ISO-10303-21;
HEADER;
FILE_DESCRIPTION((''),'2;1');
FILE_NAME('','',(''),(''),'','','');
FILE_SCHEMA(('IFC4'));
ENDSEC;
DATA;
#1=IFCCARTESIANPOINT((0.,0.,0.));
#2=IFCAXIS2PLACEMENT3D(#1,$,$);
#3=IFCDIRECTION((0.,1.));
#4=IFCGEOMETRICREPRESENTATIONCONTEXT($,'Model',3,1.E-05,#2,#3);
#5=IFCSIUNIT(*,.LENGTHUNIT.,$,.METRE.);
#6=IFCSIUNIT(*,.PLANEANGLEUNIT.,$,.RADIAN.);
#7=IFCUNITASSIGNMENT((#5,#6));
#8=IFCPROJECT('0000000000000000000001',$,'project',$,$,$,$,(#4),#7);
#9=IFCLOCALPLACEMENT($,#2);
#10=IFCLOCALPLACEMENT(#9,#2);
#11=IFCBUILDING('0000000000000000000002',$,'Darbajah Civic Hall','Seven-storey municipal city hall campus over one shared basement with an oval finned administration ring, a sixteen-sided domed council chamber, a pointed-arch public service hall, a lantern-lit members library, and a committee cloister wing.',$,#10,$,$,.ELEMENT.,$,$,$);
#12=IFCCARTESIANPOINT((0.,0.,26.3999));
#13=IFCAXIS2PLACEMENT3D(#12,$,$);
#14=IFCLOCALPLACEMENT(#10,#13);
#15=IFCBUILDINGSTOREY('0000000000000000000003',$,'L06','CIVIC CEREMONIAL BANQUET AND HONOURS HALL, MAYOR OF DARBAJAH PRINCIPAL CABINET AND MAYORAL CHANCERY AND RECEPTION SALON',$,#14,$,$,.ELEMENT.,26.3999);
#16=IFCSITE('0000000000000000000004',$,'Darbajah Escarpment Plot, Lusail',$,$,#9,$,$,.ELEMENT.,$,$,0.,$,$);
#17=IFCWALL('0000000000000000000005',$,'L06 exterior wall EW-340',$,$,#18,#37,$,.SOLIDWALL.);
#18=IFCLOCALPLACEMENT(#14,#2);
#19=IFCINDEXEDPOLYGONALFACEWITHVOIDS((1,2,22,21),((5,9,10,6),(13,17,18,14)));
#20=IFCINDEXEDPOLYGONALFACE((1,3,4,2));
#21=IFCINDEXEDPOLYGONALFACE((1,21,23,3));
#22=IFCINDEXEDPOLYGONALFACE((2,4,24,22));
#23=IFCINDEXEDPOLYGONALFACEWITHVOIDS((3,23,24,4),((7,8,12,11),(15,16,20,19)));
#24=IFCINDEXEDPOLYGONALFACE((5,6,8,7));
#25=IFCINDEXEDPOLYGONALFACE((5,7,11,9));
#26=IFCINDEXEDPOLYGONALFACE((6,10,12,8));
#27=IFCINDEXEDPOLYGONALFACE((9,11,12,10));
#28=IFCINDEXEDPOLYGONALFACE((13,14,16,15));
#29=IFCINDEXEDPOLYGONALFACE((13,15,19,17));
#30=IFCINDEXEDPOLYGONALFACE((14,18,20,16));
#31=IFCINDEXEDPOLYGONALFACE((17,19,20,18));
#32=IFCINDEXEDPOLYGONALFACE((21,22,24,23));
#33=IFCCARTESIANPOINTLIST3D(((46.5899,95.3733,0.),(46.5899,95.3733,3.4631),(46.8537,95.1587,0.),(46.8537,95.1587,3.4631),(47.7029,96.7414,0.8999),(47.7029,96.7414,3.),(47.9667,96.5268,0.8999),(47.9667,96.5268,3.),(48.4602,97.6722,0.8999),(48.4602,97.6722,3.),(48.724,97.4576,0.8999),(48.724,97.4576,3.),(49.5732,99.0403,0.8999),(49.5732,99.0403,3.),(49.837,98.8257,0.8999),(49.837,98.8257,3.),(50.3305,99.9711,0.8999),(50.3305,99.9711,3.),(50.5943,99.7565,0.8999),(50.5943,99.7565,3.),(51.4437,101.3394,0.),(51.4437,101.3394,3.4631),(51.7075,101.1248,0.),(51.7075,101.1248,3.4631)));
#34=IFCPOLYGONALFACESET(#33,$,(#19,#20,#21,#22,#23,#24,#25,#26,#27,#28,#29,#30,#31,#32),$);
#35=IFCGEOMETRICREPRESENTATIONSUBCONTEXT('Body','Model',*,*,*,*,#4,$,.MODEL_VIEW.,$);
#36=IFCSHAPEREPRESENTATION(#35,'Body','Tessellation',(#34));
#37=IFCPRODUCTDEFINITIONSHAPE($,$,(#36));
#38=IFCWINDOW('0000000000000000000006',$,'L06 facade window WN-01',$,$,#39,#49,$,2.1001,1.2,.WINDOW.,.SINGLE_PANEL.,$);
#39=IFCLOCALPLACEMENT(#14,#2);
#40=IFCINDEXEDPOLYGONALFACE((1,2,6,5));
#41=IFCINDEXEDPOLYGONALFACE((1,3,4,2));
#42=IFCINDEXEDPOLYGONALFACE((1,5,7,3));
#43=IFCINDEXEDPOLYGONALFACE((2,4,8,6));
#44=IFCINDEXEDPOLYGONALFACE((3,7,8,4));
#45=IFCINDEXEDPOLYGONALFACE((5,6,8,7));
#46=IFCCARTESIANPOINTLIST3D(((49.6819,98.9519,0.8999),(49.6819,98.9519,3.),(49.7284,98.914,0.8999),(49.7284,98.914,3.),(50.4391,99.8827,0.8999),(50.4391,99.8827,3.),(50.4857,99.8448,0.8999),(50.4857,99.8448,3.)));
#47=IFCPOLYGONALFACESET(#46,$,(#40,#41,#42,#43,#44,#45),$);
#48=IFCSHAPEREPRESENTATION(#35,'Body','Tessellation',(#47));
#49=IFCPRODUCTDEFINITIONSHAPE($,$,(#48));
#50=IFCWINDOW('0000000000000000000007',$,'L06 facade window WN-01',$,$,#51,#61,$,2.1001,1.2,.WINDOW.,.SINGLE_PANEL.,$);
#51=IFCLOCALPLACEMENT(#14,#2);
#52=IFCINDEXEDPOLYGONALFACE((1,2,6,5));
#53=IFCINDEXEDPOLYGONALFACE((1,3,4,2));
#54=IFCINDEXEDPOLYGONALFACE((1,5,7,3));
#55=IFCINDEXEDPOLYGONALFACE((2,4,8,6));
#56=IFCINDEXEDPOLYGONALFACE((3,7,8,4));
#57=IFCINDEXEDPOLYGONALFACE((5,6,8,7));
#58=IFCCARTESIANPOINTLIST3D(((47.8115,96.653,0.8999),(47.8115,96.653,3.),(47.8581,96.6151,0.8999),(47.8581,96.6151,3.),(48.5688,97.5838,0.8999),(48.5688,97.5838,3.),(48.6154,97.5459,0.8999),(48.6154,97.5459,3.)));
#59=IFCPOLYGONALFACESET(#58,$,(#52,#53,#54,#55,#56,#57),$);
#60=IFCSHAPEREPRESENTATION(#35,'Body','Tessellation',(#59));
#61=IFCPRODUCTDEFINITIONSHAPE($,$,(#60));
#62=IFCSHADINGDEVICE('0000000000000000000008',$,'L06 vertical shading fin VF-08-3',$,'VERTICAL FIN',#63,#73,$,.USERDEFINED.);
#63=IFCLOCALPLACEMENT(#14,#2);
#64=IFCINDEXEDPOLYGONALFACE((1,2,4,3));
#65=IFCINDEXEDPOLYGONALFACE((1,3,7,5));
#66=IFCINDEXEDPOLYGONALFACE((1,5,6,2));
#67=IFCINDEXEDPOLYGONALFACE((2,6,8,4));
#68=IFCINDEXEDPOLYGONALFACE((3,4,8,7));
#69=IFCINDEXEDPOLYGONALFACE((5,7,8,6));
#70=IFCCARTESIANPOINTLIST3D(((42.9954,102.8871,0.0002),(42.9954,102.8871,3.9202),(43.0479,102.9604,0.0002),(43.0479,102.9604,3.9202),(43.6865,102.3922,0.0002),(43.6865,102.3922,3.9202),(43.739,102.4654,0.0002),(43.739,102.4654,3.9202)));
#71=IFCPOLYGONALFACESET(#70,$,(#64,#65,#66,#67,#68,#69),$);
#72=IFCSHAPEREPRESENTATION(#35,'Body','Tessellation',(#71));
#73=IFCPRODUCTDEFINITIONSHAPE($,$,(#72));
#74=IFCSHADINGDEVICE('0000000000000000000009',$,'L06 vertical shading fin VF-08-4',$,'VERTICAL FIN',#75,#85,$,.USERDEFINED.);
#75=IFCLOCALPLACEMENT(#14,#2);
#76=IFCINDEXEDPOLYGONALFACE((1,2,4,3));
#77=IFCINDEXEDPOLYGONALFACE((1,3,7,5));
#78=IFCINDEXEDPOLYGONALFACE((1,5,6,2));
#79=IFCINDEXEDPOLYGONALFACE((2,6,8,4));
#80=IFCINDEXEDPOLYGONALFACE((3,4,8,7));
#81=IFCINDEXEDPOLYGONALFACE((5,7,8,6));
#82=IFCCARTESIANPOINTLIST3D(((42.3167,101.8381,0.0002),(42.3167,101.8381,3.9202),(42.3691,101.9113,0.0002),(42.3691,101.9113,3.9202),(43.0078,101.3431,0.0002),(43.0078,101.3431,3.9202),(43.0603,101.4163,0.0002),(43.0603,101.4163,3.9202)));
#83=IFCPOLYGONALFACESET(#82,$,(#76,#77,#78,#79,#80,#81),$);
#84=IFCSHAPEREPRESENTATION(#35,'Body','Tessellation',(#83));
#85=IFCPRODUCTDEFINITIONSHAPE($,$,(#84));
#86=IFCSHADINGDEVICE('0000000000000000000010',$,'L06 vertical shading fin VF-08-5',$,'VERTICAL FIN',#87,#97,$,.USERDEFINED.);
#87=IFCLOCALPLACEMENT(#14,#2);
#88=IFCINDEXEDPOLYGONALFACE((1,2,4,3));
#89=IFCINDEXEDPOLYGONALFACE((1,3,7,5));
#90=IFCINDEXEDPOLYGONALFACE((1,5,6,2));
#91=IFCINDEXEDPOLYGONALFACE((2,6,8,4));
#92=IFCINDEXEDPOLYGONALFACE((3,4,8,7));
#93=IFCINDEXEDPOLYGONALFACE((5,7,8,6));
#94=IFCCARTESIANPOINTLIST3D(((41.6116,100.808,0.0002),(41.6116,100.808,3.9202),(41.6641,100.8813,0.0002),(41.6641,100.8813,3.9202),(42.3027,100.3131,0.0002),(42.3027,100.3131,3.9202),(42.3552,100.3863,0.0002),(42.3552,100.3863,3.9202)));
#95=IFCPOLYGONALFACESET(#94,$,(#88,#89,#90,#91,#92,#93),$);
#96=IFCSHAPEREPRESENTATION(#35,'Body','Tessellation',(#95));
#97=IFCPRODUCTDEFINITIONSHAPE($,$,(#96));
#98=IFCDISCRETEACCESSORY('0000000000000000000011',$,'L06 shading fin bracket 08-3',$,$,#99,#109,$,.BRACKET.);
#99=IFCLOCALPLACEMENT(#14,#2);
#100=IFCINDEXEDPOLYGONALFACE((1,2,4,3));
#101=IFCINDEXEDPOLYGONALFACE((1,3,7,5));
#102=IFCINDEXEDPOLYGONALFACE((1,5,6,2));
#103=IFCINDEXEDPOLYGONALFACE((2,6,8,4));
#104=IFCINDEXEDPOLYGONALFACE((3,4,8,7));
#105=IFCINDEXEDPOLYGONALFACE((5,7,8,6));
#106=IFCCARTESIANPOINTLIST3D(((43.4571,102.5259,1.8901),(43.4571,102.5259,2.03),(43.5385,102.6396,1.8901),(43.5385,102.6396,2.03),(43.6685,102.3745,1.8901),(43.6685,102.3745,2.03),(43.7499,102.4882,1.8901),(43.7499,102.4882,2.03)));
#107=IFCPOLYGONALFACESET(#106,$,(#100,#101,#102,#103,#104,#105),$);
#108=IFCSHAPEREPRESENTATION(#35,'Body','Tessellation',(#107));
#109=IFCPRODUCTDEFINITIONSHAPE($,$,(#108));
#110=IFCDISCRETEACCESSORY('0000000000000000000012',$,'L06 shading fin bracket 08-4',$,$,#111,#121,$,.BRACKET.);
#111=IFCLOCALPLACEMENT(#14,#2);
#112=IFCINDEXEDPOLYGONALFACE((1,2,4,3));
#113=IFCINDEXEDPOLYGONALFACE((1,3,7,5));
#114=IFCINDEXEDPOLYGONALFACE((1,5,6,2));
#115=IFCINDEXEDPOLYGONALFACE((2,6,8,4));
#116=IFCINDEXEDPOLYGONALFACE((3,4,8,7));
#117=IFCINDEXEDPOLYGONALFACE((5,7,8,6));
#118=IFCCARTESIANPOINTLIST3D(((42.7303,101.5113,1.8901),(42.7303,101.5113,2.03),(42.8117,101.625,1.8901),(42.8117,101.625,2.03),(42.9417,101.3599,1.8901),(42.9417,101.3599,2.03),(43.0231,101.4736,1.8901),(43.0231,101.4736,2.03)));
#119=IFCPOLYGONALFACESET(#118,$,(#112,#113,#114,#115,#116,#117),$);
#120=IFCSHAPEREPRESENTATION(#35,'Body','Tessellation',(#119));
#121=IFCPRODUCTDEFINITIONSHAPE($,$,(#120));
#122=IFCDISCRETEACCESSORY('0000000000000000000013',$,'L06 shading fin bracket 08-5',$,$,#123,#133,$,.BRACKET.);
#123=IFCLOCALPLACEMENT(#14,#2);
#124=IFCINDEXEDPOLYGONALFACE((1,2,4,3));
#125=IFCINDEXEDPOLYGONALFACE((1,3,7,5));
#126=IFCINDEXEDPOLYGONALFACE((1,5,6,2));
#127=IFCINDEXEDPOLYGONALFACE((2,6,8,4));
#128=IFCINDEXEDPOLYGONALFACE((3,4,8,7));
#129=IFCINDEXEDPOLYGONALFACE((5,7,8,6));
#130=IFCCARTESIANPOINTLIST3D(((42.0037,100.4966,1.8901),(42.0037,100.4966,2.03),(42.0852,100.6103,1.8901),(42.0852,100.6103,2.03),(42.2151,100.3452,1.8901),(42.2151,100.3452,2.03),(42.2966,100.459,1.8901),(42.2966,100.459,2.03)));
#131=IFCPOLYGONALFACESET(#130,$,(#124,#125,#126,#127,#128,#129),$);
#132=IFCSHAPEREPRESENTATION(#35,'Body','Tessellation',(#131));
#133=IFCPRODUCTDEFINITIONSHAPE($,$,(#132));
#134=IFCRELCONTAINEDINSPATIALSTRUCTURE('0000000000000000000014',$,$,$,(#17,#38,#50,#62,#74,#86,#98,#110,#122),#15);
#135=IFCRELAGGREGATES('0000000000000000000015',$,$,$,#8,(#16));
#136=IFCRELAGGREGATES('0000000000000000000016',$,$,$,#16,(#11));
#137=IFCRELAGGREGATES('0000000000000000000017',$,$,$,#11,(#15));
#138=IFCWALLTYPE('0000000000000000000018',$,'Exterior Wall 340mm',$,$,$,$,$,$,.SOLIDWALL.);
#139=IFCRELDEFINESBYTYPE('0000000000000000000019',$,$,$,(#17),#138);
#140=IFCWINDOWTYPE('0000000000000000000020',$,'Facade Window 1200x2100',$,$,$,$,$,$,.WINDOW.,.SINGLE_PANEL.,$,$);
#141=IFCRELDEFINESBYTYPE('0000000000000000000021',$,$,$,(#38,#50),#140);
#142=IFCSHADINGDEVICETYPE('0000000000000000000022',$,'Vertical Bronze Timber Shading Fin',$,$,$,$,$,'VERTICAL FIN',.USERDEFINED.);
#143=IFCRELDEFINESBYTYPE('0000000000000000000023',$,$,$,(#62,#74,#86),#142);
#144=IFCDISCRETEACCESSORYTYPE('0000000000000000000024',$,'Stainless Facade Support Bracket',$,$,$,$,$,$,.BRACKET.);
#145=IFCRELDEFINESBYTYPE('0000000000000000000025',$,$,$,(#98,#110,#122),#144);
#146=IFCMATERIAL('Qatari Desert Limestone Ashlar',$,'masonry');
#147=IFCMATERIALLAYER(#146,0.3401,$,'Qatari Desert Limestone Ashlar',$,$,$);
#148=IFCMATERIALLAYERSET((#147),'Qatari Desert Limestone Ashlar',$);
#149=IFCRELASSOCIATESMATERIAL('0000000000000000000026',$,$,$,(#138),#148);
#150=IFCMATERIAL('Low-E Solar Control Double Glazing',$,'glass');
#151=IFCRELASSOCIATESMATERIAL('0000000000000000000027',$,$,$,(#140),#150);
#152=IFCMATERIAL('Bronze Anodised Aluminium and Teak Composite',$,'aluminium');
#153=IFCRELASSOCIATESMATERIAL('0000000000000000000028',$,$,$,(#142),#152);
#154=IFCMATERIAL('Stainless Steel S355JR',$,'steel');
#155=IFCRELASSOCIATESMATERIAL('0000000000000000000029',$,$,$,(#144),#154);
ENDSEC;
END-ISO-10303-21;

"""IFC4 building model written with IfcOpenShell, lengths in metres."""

from ifc_helpers import new_model, si_unit, direction, frame, frame_2d, origin, origin_2d, place, context, subcontext, project, spatial, rectangle, extrude, material, layer, layer_set, type_object, element, fill, save


model = new_model("IFC4")

# Units and contexts
model_context = context("Model", 3, precision=1e-05, world=origin(), true_north=direction((0.0, 1.0)))
body_context = subcontext(model_context, "Body", "Model", "MODEL_VIEW")
ifc_project = project(units=[si_unit("LENGTHUNIT", "METRE"), si_unit("PLANEANGLEUNIT", "RADIAN")], contexts=[model_context])

# Site, building, storey
site_placement = place(None, origin())
site = spatial("IfcSite", under=ifc_project, at=site_placement, Name="Darbajah Escarpment Plot, Lusail", CompositionType="ELEMENT", RefElevation=0.0)
building_placement = place(site_placement, origin())
building = spatial("IfcBuilding", under=site, at=building_placement, Name="Darbajah Civic Hall", Description="Seven-storey municipal city hall campus over one shared basement with an oval finned administration ring, a sixteen-sided domed council chamber, a pointed-arch public service hall, a lantern-lit members library, and a committee cloister wing.", CompositionType="ELEMENT")
storey_placement = place(building_placement, frame((0.0, 0.0, 26.3999)))
storey = spatial("IfcBuildingStorey", under=building, at=storey_placement, Name="L06", Description="CIVIC CEREMONIAL BANQUET AND HONOURS HALL, MAYOR OF DARBAJAH PRINCIPAL CABINET AND MAYORAL CHANCERY AND RECEPTION SALON", CompositionType="ELEMENT", Elevation=26.3999)

# Shared definitions
ifc_material_1 = material(Name="Low-E Solar Control Double Glazing", Category="glass")

# Wall, openings, windows
ifc_material_2 = material(Name="Qatari Desert Limestone Ashlar", Category="masonry")
ifc_layer_1 = layer(ifc_material_2, 0.3401, Name="Qatari Desert Limestone Ashlar")
ifc_layer_set_1 = layer_set([ifc_layer_1], Name="Qatari Desert Limestone Ashlar")
wall_type = type_object("IfcWallType", Name="Exterior Wall 340mm", PredefinedType="SOLIDWALL", material=ifc_layer_set_1)
wall_placement = place(storey_placement, frame((51.5757, 101.2322, 0.0), z_axis=(0.0, 0.0, 1.0), x_axis=(-0.631088, -0.775711, 0.0)))
wall = element("IfcWall", 1, at=wall_placement, inside=storey, type_object=wall_type, Name="L06 exterior wall EW-340", PredefinedType="SOLIDWALL", context=body_context, shape_type="SweptSolid", body=[
    extrude(rectangle(XDim=7.6912, YDim=0.3401, at=frame_2d((3.8457, 0.0))), origin(), (0.0, 0.0, 1.0), 3.4631),
])
opening_1_placement = place(wall_placement, frame((1.7639, 0.0, 0.8999)))
opening_1 = element("IfcOpeningElement", 2, at=opening_1_placement, cuts=wall, PredefinedType="OPENING", context=body_context, shape_type="SweptSolid", body=[
    extrude(rectangle(XDim=1.2, YDim=2.1001, at=frame_2d((0.6001, 1.05))), frame((0.0, 0.1799, 0.0), z_axis=(0.0, -1.0, 0.0), x_axis=(1.0, 0.0, 0.0)), (0.0, 0.0, 1.0), 0.3601),
])
opening_2_placement = place(wall_placement, frame((4.7275, 0.0, 0.8999)))
opening_2 = element("IfcOpeningElement", 3, at=opening_2_placement, cuts=wall, PredefinedType="OPENING", context=body_context, shape_type="SweptSolid", body=[
    extrude(rectangle(XDim=1.2, YDim=2.1001, at=frame_2d((0.6001, 1.05))), frame((0.0, 0.1799, 0.0), z_axis=(0.0, -1.0, 0.0), x_axis=(1.0, 0.0, 0.0)), (0.0, 0.0, 1.0), 0.3601),
])
window_type = type_object("IfcWindowType", Name="Facade Window 1200x2100", PartitioningType="SINGLE_PANEL", PredefinedType="WINDOW", material=ifc_material_1)
window_1_placement = place(opening_1_placement, origin())
window_1 = element("IfcWindow", 4, at=window_1_placement, inside=storey, type_object=window_type, Name="L06 facade window WN-01", OverallHeight=2.1001, OverallWidth=1.2, PartitioningType="SINGLE_PANEL", PredefinedType="WINDOW", context=body_context, shape_type="SweptSolid", body=[
    extrude(rectangle(XDim=1.2, YDim=2.1001, at=frame_2d((0.6001, 1.05))), frame((0.0, 0.03, 0.0), z_axis=(0.0, -1.0, 0.0), x_axis=(1.0, 0.0, 0.0)), (0.0, 0.0, 1.0), 0.0601),
])
fill(opening_1, window_1)
window_2_placement = place(opening_2_placement, origin())
window_2 = element("IfcWindow", 5, at=window_2_placement, inside=storey, type_object=window_type, Name="L06 facade window WN-01", OverallHeight=2.1001, OverallWidth=1.2, PartitioningType="SINGLE_PANEL", PredefinedType="WINDOW", context=body_context, shape_type="SweptSolid", body=[
    extrude(rectangle(XDim=1.2, YDim=2.1001, at=frame_2d((0.6001, 1.05))), frame((0.0, 0.03, 0.0), z_axis=(0.0, -1.0, 0.0), x_axis=(1.0, 0.0, 0.0)), (0.0, 0.0, 1.0), 0.0601),
])
fill(opening_2, window_2)

# Shading devices
ifc_material_3 = material(Name="Bronze Anodised Aluminium and Teak Composite", Category="aluminium")
shading_device_type = type_object("IfcShadingDeviceType", Name="Vertical Bronze Timber Shading Fin", ElementType="VERTICAL FIN", PredefinedType="USERDEFINED", material=ifc_material_3)
for number, where, z_axis, x_axis, name in (
    (6, (43.3672, 102.6763, 0.0002), (0.0, 0.0, 1.0), (-0.812999, 0.582265, 0.0), "L06 vertical shading fin VF-08-3"),
    (7, (42.6885, 101.6272, 0.0002), (0.0, 0.0, 1.0), (-0.812999, 0.582265, 0.0), "L06 vertical shading fin VF-08-4"),
    (8, (41.9834, 100.5972, 0.0002), (0.0, 0.0, 1.0), (-0.812999, 0.582265, 0.0), "L06 vertical shading fin VF-08-5"),
):
    element("IfcShadingDevice", number, at=place(storey_placement, frame(where, z_axis=z_axis, x_axis=x_axis)), inside=storey, type_object=shading_device_type, Name=name, ObjectType="VERTICAL FIN", PredefinedType="USERDEFINED", context=body_context, shape_type="SweptSolid", body=[
        extrude(rectangle(XDim=0.8501, YDim=0.0901, at=origin_2d()), origin(), (0.0, 0.0, 1.0), 3.9199),
    ])

# Discrete accessories
ifc_material_4 = material(Name="Stainless Steel S355JR", Category="steel")
discrete_accessory_type = type_object("IfcDiscreteAccessoryType", Name="Stainless Facade Support Bracket", PredefinedType="BRACKET", material=ifc_material_4)
for number, where, z_axis, x_axis, name in (
    (9, (43.6035, 102.5071, 1.8901), (0.0, 0.0, 1.0), (-0.812999, 0.582265, 0.0), "L06 shading fin bracket 08-3"),
    (10, (42.8767, 101.4924, 1.8901), (0.0, 0.0, 1.0), (-0.812999, 0.582265, 0.0), "L06 shading fin bracket 08-4"),
    (11, (42.1501, 100.4778, 1.8901), (0.0, 0.0, 1.0), (-0.812999, 0.582265, 0.0), "L06 shading fin bracket 08-5"),
):
    element("IfcDiscreteAccessory", number, at=place(storey_placement, frame(where, z_axis=z_axis, x_axis=x_axis)), inside=storey, type_object=discrete_accessory_type, Name=name, PredefinedType="BRACKET", context=body_context, shape_type="SweptSolid", body=[
        extrude(rectangle(XDim=0.26, YDim=0.1399, at=origin_2d()), origin(), (0.0, 0.0, 1.0), 0.1399),
    ])

save(model, "model.ifc")
